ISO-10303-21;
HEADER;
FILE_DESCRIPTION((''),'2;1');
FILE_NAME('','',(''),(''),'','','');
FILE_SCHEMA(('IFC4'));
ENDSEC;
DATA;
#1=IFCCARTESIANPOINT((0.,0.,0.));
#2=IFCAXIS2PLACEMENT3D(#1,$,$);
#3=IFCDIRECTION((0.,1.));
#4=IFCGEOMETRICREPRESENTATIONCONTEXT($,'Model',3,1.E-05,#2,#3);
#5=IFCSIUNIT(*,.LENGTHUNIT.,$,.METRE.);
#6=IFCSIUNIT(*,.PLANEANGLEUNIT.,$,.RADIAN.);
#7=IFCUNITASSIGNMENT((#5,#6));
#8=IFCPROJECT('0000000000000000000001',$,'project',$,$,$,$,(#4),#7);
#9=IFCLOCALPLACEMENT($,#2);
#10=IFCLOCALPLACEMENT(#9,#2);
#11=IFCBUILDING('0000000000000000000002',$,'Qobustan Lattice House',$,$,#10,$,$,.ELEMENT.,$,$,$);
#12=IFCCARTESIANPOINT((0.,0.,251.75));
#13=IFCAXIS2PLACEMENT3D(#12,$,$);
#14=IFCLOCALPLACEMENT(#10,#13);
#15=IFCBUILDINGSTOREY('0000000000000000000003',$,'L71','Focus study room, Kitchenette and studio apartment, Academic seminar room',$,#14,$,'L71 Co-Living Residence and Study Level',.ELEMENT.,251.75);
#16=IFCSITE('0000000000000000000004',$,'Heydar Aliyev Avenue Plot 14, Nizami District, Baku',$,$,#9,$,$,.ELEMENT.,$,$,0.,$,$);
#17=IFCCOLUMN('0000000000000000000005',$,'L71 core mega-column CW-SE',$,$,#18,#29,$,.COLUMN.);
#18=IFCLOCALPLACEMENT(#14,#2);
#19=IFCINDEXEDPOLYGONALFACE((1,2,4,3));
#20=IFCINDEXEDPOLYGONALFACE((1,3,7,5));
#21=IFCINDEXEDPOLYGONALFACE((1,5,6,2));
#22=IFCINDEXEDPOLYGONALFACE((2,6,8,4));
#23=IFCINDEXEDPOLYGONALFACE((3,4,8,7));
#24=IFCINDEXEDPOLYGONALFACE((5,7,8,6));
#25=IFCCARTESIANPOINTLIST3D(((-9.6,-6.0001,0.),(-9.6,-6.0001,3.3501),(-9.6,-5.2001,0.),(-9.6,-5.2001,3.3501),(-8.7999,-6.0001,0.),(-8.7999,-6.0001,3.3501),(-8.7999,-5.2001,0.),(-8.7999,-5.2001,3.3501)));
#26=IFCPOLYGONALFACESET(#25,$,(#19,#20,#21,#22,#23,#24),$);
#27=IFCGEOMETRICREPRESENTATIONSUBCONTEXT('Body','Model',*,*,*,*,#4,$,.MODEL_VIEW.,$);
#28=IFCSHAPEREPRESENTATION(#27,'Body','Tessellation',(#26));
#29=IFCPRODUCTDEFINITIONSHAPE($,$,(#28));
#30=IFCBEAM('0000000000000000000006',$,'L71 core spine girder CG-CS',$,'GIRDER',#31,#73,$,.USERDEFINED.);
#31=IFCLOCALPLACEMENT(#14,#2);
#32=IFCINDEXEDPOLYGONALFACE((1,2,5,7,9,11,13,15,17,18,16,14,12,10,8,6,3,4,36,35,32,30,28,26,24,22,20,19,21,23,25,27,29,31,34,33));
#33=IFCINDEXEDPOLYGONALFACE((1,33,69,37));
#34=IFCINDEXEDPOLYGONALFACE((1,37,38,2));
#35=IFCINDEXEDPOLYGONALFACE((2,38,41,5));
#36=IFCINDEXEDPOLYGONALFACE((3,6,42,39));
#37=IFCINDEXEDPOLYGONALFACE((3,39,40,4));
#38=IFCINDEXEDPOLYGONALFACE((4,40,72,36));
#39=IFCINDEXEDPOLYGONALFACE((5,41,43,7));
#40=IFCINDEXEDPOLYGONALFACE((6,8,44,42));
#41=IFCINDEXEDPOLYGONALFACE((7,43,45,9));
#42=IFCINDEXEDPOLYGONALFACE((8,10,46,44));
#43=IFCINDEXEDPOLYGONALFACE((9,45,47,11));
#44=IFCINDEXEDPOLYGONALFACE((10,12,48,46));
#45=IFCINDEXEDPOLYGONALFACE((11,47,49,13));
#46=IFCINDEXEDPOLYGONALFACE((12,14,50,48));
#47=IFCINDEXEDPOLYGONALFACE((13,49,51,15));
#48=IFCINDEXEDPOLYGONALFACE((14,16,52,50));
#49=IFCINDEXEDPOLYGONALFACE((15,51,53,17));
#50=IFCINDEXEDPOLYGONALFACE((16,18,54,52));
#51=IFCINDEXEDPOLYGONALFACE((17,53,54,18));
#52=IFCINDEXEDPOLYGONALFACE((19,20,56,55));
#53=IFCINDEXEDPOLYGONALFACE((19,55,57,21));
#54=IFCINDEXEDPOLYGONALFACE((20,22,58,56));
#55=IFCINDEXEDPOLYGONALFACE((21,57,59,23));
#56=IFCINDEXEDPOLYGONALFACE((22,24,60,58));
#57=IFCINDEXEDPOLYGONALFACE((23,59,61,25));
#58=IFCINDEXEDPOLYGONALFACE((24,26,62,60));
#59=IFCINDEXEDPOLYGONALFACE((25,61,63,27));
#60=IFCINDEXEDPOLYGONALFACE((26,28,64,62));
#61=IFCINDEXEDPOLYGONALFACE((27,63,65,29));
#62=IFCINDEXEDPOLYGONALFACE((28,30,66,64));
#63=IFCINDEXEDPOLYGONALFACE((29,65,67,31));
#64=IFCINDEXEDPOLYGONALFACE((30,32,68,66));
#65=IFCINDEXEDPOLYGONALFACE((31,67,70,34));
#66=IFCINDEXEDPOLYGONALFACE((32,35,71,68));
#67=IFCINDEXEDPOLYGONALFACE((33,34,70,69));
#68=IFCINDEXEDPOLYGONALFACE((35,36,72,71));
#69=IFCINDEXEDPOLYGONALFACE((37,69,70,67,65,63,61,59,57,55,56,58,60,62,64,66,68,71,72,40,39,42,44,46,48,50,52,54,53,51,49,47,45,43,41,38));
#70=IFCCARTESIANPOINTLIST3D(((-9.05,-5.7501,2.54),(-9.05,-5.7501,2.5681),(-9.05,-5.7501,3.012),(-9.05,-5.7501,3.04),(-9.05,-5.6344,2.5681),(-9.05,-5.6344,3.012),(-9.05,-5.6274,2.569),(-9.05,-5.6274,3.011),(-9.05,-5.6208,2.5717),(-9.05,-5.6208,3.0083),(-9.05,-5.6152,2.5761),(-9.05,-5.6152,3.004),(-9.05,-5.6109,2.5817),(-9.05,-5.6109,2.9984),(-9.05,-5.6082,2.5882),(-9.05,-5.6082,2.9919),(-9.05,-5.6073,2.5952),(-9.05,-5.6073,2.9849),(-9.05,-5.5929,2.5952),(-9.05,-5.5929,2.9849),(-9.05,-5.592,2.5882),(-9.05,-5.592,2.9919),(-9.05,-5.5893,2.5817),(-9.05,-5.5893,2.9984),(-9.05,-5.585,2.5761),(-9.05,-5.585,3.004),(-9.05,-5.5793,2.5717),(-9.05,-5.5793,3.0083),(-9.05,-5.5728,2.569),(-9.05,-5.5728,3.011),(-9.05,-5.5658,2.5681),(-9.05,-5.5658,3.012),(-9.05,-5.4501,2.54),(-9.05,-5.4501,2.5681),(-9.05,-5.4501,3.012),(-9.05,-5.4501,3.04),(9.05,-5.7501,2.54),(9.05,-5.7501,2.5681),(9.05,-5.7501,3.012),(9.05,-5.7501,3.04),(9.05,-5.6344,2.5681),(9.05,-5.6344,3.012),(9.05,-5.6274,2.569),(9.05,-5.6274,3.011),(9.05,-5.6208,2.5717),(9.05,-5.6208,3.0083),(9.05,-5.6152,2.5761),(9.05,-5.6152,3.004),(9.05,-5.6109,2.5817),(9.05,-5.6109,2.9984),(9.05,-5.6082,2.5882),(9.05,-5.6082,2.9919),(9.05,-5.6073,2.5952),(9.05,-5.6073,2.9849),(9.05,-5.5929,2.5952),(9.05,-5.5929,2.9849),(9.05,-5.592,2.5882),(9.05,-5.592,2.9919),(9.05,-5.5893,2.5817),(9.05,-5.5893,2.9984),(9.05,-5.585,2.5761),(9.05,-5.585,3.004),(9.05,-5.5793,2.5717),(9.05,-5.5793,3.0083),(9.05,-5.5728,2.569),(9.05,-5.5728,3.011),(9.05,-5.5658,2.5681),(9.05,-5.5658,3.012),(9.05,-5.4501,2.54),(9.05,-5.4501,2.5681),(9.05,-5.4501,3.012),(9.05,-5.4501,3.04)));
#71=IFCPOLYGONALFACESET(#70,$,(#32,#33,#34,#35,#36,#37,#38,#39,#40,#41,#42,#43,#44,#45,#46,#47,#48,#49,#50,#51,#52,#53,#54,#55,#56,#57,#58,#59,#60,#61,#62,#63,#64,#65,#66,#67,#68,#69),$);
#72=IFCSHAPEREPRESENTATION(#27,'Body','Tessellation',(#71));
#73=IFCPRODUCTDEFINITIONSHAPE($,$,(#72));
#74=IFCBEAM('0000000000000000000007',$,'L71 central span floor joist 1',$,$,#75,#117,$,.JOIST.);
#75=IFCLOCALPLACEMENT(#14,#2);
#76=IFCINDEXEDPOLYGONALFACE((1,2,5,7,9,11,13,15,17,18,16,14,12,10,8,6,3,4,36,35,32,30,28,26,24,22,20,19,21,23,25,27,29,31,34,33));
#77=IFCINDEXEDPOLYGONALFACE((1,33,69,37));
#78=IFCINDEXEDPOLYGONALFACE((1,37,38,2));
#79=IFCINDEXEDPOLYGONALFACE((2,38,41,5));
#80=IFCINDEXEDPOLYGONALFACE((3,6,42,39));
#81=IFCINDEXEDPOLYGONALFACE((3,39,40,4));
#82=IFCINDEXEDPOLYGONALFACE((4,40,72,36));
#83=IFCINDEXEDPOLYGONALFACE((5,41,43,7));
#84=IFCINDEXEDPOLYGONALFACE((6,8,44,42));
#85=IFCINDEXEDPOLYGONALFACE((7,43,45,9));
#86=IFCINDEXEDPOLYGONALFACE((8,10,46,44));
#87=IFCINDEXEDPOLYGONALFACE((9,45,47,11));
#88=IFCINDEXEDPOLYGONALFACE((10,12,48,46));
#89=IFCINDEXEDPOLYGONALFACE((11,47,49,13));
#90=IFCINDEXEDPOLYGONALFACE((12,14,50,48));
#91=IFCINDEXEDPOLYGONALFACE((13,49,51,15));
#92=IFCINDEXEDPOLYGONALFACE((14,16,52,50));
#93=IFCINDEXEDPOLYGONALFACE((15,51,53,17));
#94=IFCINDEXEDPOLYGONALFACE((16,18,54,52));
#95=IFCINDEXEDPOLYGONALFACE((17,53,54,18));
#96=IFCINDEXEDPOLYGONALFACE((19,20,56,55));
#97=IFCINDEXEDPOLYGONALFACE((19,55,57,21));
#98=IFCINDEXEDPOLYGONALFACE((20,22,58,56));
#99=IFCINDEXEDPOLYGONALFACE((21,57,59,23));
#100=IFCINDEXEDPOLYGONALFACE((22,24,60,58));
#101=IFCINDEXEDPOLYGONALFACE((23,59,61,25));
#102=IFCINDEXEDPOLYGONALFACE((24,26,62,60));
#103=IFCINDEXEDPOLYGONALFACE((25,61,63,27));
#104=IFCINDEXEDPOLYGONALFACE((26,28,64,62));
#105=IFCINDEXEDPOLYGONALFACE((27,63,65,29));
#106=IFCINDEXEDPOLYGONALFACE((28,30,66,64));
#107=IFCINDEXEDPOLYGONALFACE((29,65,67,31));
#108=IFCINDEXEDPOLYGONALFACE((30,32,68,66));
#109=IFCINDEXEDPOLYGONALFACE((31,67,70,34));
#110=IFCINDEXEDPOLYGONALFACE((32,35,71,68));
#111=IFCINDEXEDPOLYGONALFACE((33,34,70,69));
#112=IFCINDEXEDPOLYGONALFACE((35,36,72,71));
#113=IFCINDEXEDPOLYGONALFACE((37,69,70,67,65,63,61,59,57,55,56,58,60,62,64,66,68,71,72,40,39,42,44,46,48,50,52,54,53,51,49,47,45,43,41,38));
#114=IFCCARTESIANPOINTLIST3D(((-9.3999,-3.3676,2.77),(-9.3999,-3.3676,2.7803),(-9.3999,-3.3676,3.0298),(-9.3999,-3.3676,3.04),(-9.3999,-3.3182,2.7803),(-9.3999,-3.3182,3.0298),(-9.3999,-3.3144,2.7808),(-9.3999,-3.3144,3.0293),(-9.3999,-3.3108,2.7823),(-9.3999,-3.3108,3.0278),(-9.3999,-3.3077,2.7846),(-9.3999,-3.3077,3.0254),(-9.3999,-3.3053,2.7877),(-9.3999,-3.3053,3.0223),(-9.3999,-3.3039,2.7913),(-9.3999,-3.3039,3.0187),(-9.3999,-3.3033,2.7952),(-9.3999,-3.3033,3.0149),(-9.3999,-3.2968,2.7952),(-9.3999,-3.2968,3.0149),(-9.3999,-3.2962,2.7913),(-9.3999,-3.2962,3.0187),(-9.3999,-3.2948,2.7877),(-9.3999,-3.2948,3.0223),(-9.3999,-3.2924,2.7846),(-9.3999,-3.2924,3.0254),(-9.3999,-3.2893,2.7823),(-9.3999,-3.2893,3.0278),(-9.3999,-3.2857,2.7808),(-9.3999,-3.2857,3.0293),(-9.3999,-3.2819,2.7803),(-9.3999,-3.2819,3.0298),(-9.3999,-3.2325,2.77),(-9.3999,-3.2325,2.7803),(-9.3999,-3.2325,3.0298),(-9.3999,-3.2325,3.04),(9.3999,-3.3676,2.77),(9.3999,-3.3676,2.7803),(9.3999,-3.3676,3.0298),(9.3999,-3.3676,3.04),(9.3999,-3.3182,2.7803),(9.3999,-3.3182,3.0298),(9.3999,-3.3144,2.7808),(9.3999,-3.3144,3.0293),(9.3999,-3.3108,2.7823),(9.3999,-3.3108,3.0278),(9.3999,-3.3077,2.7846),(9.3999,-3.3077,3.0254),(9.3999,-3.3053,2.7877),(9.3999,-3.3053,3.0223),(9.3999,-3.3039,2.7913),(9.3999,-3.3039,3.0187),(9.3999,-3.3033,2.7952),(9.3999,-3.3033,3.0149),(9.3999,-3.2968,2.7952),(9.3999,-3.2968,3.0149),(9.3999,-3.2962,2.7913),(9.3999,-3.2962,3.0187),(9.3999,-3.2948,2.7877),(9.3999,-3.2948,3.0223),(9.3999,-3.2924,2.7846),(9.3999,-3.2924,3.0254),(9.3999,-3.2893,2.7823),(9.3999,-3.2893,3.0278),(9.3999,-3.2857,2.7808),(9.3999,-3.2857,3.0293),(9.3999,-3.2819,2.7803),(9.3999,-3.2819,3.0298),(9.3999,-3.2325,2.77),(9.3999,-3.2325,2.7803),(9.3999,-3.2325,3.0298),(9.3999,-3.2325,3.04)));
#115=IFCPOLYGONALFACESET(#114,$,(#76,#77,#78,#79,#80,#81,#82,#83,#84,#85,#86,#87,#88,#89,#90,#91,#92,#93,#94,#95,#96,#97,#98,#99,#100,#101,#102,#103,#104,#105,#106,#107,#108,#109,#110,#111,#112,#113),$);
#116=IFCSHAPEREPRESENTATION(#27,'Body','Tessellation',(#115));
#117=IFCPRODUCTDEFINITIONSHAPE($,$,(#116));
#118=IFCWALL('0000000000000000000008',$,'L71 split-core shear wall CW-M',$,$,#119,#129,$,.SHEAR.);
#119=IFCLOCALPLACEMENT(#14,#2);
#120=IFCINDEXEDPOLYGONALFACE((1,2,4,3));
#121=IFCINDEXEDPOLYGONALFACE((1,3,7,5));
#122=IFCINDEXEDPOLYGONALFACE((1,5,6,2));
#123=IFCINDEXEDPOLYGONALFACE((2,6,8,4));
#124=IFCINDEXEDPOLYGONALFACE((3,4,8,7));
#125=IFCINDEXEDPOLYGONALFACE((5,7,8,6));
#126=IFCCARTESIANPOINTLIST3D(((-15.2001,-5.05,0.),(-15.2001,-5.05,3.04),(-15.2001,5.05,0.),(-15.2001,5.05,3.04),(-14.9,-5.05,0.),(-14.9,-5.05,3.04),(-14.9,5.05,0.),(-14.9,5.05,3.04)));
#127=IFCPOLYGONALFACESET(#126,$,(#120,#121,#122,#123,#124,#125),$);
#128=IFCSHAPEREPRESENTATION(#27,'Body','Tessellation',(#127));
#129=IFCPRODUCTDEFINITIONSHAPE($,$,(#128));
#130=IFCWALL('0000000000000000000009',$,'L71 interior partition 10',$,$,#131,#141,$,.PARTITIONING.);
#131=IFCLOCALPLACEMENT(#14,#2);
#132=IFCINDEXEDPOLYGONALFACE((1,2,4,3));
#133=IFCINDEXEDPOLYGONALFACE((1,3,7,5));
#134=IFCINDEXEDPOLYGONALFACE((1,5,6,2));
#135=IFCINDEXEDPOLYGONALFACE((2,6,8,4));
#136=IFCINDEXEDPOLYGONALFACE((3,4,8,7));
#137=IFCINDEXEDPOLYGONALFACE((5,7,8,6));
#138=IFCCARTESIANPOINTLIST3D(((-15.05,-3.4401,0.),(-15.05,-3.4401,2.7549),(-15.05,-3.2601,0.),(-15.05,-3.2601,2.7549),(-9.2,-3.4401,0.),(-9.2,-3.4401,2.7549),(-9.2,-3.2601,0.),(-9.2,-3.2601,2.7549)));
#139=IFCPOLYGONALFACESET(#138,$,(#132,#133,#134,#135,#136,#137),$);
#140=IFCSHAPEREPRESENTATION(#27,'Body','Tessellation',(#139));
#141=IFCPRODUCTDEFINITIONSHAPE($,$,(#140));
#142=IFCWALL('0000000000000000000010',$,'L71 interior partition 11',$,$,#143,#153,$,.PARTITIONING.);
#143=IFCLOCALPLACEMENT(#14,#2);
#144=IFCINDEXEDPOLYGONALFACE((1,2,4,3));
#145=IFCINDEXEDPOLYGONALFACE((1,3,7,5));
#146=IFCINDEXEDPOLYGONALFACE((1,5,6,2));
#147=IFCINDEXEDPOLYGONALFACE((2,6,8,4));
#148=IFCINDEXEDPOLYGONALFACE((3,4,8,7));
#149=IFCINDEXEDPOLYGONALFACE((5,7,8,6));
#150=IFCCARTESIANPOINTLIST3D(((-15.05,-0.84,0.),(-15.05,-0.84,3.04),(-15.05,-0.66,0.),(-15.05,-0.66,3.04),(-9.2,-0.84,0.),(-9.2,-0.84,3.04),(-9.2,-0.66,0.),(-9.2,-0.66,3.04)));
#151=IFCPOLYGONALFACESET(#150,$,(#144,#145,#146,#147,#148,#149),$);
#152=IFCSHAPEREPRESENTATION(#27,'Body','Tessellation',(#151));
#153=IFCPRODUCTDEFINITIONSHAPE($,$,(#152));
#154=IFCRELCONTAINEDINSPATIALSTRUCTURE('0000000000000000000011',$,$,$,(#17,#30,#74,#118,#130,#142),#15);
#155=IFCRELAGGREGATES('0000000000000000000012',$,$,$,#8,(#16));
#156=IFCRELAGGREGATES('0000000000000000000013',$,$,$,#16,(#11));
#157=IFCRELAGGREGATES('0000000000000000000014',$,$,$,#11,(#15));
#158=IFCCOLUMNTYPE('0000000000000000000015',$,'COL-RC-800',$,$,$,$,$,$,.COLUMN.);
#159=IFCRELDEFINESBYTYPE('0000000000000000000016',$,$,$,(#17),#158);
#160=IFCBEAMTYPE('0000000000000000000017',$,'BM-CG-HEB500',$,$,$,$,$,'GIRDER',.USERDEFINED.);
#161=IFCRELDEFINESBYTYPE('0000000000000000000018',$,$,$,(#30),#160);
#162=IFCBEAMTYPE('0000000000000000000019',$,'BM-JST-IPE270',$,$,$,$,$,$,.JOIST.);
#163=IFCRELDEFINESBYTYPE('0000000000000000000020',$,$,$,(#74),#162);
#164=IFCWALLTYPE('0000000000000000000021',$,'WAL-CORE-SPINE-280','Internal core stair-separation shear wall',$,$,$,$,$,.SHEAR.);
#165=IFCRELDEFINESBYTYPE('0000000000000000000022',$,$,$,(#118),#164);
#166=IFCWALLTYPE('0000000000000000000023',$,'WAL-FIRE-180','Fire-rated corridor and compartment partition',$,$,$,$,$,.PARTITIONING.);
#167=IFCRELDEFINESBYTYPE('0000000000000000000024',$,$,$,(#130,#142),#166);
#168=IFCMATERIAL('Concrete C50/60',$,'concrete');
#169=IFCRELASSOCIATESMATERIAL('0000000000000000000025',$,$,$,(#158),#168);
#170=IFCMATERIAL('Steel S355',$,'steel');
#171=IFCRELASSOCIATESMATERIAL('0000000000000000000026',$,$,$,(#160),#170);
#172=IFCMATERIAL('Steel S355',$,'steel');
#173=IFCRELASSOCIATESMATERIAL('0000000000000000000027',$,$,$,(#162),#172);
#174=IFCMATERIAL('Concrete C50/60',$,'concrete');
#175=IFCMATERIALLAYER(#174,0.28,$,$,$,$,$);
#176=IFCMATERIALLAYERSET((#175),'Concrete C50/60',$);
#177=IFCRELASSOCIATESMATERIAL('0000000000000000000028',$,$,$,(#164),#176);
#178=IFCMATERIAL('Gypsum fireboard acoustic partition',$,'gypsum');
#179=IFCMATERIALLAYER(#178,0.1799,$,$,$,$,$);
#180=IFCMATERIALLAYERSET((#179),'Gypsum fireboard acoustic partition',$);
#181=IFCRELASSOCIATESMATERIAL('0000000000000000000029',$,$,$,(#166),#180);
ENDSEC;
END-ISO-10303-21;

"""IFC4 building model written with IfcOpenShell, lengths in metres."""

from ifc_helpers import new_model, si_unit, direction, frame, frame_2d, origin, origin_2d, place, context, subcontext, project, spatial, rectangle, i_section, extrude, material, layer, layer_set, material_profile, profile_set, type_object, element, save


model = new_model("IFC4")

# Units and contexts
model_context = context("Model", 3, precision=1e-05, world=origin(), true_north=direction((0.0, 1.0)))
body_context = subcontext(model_context, "Body", "Model", "MODEL_VIEW")
ifc_project = project(units=[si_unit("LENGTHUNIT", "METRE"), si_unit("PLANEANGLEUNIT", "RADIAN")], contexts=[model_context])

# Site, building, storey
site_placement = place(None, origin())
site = spatial("IfcSite", under=ifc_project, at=site_placement, Name="Heydar Aliyev Avenue Plot 14, Nizami District, Baku", CompositionType="ELEMENT", RefElevation=0.0)
building_placement = place(site_placement, origin())
building = spatial("IfcBuilding", under=site, at=building_placement, Name="Qobustan Lattice House", CompositionType="ELEMENT")
storey_placement = place(building_placement, frame((0.0, 0.0, 251.75)))
storey = spatial("IfcBuildingStorey", under=building, at=storey_placement, Name="L71", Description="Focus study room, Kitchenette and studio apartment, Academic seminar room", LongName="L71 Co-Living Residence and Study Level", CompositionType="ELEMENT", Elevation=251.75)

# Column
ifc_material_1 = material(Name="Concrete C50/60", Category="concrete")
ifc_material_profile_1 = material_profile(ifc_material_1, rectangle(XDim=0.8, YDim=0.8, at=origin_2d()), Name="RC800x800")
ifc_profile_set_1 = profile_set([ifc_material_profile_1], Name="Concrete C50/60")
column_type = type_object("IfcColumnType", Name="COL-RC-800", PredefinedType="COLUMN", material=ifc_profile_set_1)
column_placement = place(storey_placement, frame((-9.2, -5.6001, 0.0), z_axis=(0.0, 0.0, 1.0), x_axis=(1.0, 0.0, 0.0)))
element("IfcColumn", 1, at=column_placement, inside=storey, type_object=column_type, Name="L71 core mega-column CW-SE", PredefinedType="COLUMN", context=body_context, shape_type="SweptSolid", body=[
    extrude(rectangle(XDim=0.8, YDim=0.8, at=origin_2d()), origin(), (0.0, 0.0, 1.0), 3.3501),
])

# Beams
ifc_material_2 = material(Name="Steel S355", Category="steel")
ifc_material_profile_2 = material_profile(ifc_material_2, i_section(OverallWidth=0.3, OverallDepth=0.5, WebThickness=0.0144, FlangeThickness=0.0281, FilletRadius=0.0271, at=origin_2d()), Name="HEB500")
ifc_profile_set_2 = profile_set([ifc_material_profile_2], Name="Steel S355")
beam_type_1 = type_object("IfcBeamType", Name="BM-CG-HEB500", ElementType="GIRDER", PredefinedType="USERDEFINED", material=ifc_profile_set_2)
beam_1_placement = place(storey_placement, frame((-9.05, -5.6001, 2.79), z_axis=(1.0, 0.0, 0.0), x_axis=(0.0, 1.0, 0.0)))
element("IfcBeam", 2, at=beam_1_placement, inside=storey, type_object=beam_type_1, Name="L71 core spine girder CG-CS", ObjectType="GIRDER", PredefinedType="USERDEFINED", context=body_context, shape_type="SweptSolid", body=[
    extrude(i_section(OverallWidth=0.3, OverallDepth=0.5, WebThickness=0.0144, FlangeThickness=0.0281, FilletRadius=0.0271, at=origin_2d()), origin(), (0.0, 0.0, 1.0), 18.1001),
])
ifc_material_3 = material(Name="Steel S355", Category="steel")
ifc_material_profile_3 = material_profile(ifc_material_3, i_section(OverallWidth=0.135, OverallDepth=0.27, WebThickness=0.0066, FlangeThickness=0.0103, FilletRadius=0.0149, at=origin_2d()), Name="IPE270")
ifc_profile_set_3 = profile_set([ifc_material_profile_3], Name="Steel S355")
beam_type_2 = type_object("IfcBeamType", Name="BM-JST-IPE270", PredefinedType="JOIST", material=ifc_profile_set_3)
beam_2_placement = place(storey_placement, frame((-9.3999, -3.3, 2.905), z_axis=(1.0, 0.0, 0.0), x_axis=(0.0, 1.0, 0.0)))
element("IfcBeam", 3, at=beam_2_placement, inside=storey, type_object=beam_type_2, Name="L71 central span floor joist 1", PredefinedType="JOIST", context=body_context, shape_type="SweptSolid", body=[
    extrude(i_section(OverallWidth=0.135, OverallDepth=0.27, WebThickness=0.0066, FlangeThickness=0.0103, FilletRadius=0.0149, at=origin_2d()), origin(), (0.0, 0.0, 1.0), 18.7998),
])

# Walls
ifc_material_4 = material(Name="Concrete C50/60", Category="concrete")
ifc_layer_1 = layer(ifc_material_4, 0.28)
ifc_layer_set_1 = layer_set([ifc_layer_1], Name="Concrete C50/60")
wall_type_1 = type_object("IfcWallType", Name="WAL-CORE-SPINE-280", Description="Internal core stair-separation shear wall", PredefinedType="SHEAR", material=ifc_layer_set_1)
wall_1_placement = place(storey_placement, frame((-15.05, -5.05, 0.0), z_axis=(0.0, 0.0, 1.0), x_axis=(0.0, 1.0, 0.0)))
element("IfcWall", 4, at=wall_1_placement, inside=storey, type_object=wall_type_1, Name="L71 split-core shear wall CW-M", PredefinedType="SHEAR", context=body_context, shape_type="SweptSolid", body=[
    extrude(rectangle(XDim=10.1001, YDim=0.3, at=frame_2d((5.05, 0.0))), origin(), (0.0, 0.0, 1.0), 3.04),
])
ifc_material_5 = material(Name="Gypsum fireboard acoustic partition", Category="gypsum")
ifc_layer_2 = layer(ifc_material_5, 0.1799)
ifc_layer_set_2 = layer_set([ifc_layer_2], Name="Gypsum fireboard acoustic partition")
wall_type_2 = type_object("IfcWallType", Name="WAL-FIRE-180", Description="Fire-rated corridor and compartment partition", PredefinedType="PARTITIONING", material=ifc_layer_set_2)
wall_2_placement = place(storey_placement, frame((-15.05, -3.3501, 0.0), z_axis=(0.0, 0.0, 1.0), x_axis=(1.0, 0.0, 0.0)))
element("IfcWall", 5, at=wall_2_placement, inside=storey, type_object=wall_type_2, Name="L71 interior partition 10", PredefinedType="PARTITIONING", context=body_context, shape_type="SweptSolid", body=[
    extrude(rectangle(XDim=5.8501, YDim=0.1799, at=frame_2d((2.925, 0.0))), origin(), (0.0, 0.0, 1.0), 2.7549),
])
wall_3_placement = place(storey_placement, frame((-9.2, -0.75, 0.0), z_axis=(0.0, 0.0, 1.0), x_axis=(-1.0, 0.0, 0.0)))
element("IfcWall", 6, at=wall_3_placement, inside=storey, type_object=wall_type_2, Name="L71 interior partition 11", PredefinedType="PARTITIONING", context=body_context, shape_type="SweptSolid", body=[
    extrude(rectangle(XDim=5.8501, YDim=0.1799, at=frame_2d((2.925, 0.0))), origin(), (0.0, 0.0, 1.0), 3.04),
])

save(model, "model.ifc")
